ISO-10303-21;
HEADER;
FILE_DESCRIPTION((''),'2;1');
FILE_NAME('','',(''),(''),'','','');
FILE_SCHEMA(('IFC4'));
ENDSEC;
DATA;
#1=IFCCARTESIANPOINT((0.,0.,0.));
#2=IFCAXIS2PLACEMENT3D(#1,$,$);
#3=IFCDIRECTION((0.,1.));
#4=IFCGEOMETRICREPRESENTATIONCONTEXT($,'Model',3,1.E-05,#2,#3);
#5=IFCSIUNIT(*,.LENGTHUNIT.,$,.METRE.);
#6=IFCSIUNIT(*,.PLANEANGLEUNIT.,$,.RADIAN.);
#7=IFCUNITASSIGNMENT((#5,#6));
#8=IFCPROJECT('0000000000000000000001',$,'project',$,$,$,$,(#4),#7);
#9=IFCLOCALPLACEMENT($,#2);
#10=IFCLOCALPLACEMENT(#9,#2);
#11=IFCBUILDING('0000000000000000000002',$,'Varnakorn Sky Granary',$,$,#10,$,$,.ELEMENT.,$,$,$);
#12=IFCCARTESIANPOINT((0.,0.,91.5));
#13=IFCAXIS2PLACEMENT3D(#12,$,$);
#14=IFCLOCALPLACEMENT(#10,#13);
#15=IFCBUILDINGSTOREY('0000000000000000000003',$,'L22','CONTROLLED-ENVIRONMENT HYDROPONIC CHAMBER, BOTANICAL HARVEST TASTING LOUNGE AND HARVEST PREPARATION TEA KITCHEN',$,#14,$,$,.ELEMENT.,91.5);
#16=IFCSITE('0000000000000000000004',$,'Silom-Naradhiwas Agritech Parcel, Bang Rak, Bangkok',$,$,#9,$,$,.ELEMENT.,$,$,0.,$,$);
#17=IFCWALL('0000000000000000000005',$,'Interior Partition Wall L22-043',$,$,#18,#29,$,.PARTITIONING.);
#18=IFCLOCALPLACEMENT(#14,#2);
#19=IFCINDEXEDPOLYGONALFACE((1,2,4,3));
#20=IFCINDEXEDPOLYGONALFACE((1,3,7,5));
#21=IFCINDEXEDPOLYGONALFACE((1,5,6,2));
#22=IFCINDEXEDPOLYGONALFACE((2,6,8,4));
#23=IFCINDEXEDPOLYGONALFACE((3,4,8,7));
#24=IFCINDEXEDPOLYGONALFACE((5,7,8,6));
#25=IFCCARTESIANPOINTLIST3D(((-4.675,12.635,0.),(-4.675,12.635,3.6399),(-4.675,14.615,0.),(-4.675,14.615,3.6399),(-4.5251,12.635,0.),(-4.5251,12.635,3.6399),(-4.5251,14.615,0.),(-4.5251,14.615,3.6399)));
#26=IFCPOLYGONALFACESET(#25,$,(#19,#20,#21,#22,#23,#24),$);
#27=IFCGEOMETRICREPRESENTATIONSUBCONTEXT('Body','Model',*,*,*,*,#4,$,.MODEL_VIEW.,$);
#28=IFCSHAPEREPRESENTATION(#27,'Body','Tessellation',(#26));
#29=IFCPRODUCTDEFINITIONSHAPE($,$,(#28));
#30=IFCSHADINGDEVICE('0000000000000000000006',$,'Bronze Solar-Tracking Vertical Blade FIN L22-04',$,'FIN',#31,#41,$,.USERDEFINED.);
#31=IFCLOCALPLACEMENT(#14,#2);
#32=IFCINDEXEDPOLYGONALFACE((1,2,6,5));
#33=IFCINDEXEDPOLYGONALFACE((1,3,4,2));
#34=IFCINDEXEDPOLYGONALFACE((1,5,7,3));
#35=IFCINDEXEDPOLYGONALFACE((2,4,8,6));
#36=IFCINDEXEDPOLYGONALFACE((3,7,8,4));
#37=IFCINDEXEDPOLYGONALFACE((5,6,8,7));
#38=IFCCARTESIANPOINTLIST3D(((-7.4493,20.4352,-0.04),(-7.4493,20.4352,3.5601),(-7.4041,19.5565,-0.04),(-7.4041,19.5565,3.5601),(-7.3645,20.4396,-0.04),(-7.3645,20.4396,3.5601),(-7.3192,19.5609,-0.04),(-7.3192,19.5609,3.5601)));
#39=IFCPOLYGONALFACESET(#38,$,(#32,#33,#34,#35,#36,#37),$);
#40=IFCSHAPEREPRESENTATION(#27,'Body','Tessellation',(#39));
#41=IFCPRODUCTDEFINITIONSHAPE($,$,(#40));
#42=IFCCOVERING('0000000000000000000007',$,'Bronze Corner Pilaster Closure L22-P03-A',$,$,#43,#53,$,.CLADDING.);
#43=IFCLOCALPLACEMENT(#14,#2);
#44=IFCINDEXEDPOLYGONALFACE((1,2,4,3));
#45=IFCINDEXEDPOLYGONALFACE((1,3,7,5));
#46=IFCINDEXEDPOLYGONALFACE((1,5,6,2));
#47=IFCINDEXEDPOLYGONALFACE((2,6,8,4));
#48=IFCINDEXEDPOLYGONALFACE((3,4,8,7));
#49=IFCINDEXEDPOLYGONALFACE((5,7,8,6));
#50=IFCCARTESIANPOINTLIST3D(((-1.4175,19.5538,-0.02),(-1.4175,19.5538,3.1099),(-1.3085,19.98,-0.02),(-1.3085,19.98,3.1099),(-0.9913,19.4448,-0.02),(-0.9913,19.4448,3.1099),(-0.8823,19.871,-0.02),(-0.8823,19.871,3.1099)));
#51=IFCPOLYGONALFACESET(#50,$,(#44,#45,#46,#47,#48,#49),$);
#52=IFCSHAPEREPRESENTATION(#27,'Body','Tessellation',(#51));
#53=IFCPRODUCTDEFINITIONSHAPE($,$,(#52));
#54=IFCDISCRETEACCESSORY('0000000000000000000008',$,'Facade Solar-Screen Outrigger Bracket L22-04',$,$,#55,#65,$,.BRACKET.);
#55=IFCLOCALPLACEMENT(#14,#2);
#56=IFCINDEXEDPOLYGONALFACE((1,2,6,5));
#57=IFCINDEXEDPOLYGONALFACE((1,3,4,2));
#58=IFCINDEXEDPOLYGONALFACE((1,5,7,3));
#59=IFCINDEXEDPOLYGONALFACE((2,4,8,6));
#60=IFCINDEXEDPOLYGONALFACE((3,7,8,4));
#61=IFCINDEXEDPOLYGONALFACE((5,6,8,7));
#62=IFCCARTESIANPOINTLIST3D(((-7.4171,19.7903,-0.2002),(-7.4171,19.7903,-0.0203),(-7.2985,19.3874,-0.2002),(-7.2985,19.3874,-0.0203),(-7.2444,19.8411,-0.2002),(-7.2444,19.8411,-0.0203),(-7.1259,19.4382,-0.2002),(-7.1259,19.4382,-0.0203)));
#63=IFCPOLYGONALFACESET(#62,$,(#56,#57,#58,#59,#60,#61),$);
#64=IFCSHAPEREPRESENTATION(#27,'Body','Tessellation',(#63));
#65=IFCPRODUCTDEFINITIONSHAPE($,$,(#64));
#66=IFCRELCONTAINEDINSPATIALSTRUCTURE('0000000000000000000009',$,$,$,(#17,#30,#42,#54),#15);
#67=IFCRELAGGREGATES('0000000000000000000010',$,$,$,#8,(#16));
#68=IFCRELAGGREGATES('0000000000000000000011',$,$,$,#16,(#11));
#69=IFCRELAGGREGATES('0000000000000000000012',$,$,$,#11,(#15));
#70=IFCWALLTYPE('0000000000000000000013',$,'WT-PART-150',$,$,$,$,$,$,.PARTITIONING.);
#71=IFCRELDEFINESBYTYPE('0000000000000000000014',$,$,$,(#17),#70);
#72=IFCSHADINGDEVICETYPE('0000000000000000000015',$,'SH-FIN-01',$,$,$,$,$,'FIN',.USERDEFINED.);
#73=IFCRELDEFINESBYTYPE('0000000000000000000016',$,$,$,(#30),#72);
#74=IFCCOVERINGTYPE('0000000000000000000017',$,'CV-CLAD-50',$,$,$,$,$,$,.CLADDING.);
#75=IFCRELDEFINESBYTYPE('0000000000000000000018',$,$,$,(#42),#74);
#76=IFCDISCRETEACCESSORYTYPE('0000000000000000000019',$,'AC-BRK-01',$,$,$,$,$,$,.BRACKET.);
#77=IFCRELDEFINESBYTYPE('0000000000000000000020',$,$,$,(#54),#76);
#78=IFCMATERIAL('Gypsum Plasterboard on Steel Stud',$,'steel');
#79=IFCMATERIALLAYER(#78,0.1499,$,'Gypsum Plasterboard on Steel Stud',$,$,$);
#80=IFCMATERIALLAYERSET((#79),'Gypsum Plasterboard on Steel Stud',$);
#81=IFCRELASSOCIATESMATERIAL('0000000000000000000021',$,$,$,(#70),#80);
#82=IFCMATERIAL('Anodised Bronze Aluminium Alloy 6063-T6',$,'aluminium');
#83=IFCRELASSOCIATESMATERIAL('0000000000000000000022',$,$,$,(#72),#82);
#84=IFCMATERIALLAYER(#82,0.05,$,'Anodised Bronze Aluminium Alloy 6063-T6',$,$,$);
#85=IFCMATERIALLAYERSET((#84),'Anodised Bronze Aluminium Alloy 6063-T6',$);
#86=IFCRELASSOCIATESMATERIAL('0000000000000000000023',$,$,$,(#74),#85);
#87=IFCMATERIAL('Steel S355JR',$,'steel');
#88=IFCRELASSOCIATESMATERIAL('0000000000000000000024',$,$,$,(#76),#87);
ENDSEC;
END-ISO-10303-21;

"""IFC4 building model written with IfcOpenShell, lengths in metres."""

from ifc_helpers import new_model, si_unit, direction, frame, frame_2d, origin, origin_2d, place, context, subcontext, project, spatial, rectangle, extrude, source, transform, mapped, material, layer, layer_set, type_object, type_shapes, element, save


model = new_model("IFC4")

# Units and contexts
model_context = context("Model", 3, precision=1e-05, world=origin(), true_north=direction((0.0, 1.0)))
body_context = subcontext(model_context, "Body", "Model", "MODEL_VIEW")
ifc_project = project(units=[si_unit("LENGTHUNIT", "METRE"), si_unit("PLANEANGLEUNIT", "RADIAN")], contexts=[model_context])

# Site, building, storey
site_placement = place(None, origin())
site = spatial("IfcSite", under=ifc_project, at=site_placement, Name="Silom-Naradhiwas Agritech Parcel, Bang Rak, Bangkok", CompositionType="ELEMENT", RefElevation=0.0)
building_placement = place(site_placement, origin())
building = spatial("IfcBuilding", under=site, at=building_placement, Name="Varnakorn Sky Granary", CompositionType="ELEMENT")
storey_placement = place(building_placement, frame((0.0, 0.0, 91.5)))
storey = spatial("IfcBuildingStorey", under=building, at=storey_placement, Name="L22", Description="CONTROLLED-ENVIRONMENT HYDROPONIC CHAMBER, BOTANICAL HARVEST TASTING LOUNGE AND HARVEST PREPARATION TEA KITCHEN", CompositionType="ELEMENT", Elevation=91.5)

# Shared definitions
ifc_material_1 = material(Name="Steel S355JR", Category="steel")

# Shared definitions
ifc_material_2 = material(Name="Anodised Bronze Aluminium Alloy 6063-T6", Category="aluminium")

# Wall
ifc_material_3 = material(Name="Gypsum Plasterboard on Steel Stud", Category="steel")
ifc_layer_1 = layer(ifc_material_3, 0.1499, Name="Gypsum Plasterboard on Steel Stud")
ifc_layer_set_1 = layer_set([ifc_layer_1], Name="Gypsum Plasterboard on Steel Stud")
wall_type_1 = type_object("IfcWallType", Name="WT-PART-150", PredefinedType="PARTITIONING", material=ifc_layer_set_1)
wall_1_placement = place(storey_placement, frame((-4.6001, 14.615, 0.0), z_axis=(0.0, 0.0, 1.0), x_axis=(0.0, -1.0, 0.0)))
element("IfcWall", 1, at=wall_1_placement, inside=storey, type_object=wall_type_1, Name="Interior Partition Wall L22-043", PredefinedType="PARTITIONING", context=body_context, shape_type="SweptSolid", body=[
    extrude(rectangle(XDim=1.98, YDim=0.1499, at=frame_2d((0.99, 0.0))), origin(), (0.0, 0.0, 1.0), 3.6399),
])

# Shading device
shading_device_type = type_object("IfcShadingDeviceType", Name="SH-FIN-01", ElementType="FIN", PredefinedType="USERDEFINED", material=ifc_material_2)
shared_shape_1 = source(origin(), body_context, "Body", "SweptSolid", [
    extrude(rectangle(XDim=0.085, YDim=0.8799, at=origin_2d()), origin(), (0.0, 0.0, 1.0), 3.6001),
])
type_shapes(shading_device_type, [shared_shape_1])
shading_device_placement = place(storey_placement, frame((-7.3843, 19.998, -0.04), z_axis=(0.0, 0.0, 1.0), x_axis=(-0.998678, -0.051395, 0.0)))
element("IfcShadingDevice", 2, at=shading_device_placement, inside=storey, type_object=shading_device_type, Name="Bronze Solar-Tracking Vertical Blade FIN L22-04", ObjectType="FIN", PredefinedType="USERDEFINED", context=body_context, shape_type="MappedRepresentation", body=[
    mapped(shared_shape_1, transform((0.0, 0.0, 0.0), x_axis=(1.0, 0.0, 0.0), y_axis=(0.0, 1.0, 0.0), z_axis=(0.0, 0.0, 1.0), scale=1.0)),
])

# Covering
ifc_layer_2 = layer(ifc_material_2, 0.05, Name="Anodised Bronze Aluminium Alloy 6063-T6")
ifc_layer_set_2 = layer_set([ifc_layer_2], Name="Anodised Bronze Aluminium Alloy 6063-T6")
covering_type = type_object("IfcCoveringType", Name="CV-CLAD-50", PredefinedType="CLADDING", material=ifc_layer_set_2)
shared_shape_2 = source(origin(), body_context, "Body", "SweptSolid", [
    extrude(rectangle(XDim=0.4399, YDim=0.4399, at=origin_2d()), origin(), (0.0, 0.0, 1.0), 3.1299),
])
type_shapes(covering_type, [shared_shape_2])
covering_placement = place(storey_placement, frame((-1.1499, 19.7124, -0.02), z_axis=(0.0, 0.0, 1.0), x_axis=(0.9688, -0.247845, 0.0)))
element("IfcCovering", 3, at=covering_placement, inside=storey, type_object=covering_type, Name="Bronze Corner Pilaster Closure L22-P03-A", PredefinedType="CLADDING", context=body_context, shape_type="MappedRepresentation", body=[
    mapped(shared_shape_2, transform((0.0, 0.0, 0.0), x_axis=(1.0, 0.0, 0.0), y_axis=(0.0, 1.0, 0.0), z_axis=(0.0, 0.0, 1.0), scale=1.0)),
])

# Discrete accessory
discrete_accessory_type = type_object("IfcDiscreteAccessoryType", Name="AC-BRK-01", PredefinedType="BRACKET", material=ifc_material_1)
shared_shape_3 = source(origin(), body_context, "Body", "SweptSolid", [
    extrude(rectangle(XDim=0.1799, YDim=0.4199, at=origin_2d()), origin(), (0.0, 0.0, 1.0), 0.1799),
])
type_shapes(discrete_accessory_type, [shared_shape_3])
discrete_accessory_placement = place(storey_placement, frame((-7.2715, 19.6143, -0.2002), z_axis=(0.0, 0.0, 1.0), x_axis=(-0.959333, -0.282278, 0.0)))
element("IfcDiscreteAccessory", 4, at=discrete_accessory_placement, inside=storey, type_object=discrete_accessory_type, Name="Facade Solar-Screen Outrigger Bracket L22-04", PredefinedType="BRACKET", context=body_context, shape_type="MappedRepresentation", body=[
    mapped(shared_shape_3, transform((0.0, 0.0, 0.0), x_axis=(1.0, 0.0, 0.0), y_axis=(0.0, 1.0, 0.0), z_axis=(0.0, 0.0, 1.0), scale=1.0)),
])

save(model, "model.ifc")
